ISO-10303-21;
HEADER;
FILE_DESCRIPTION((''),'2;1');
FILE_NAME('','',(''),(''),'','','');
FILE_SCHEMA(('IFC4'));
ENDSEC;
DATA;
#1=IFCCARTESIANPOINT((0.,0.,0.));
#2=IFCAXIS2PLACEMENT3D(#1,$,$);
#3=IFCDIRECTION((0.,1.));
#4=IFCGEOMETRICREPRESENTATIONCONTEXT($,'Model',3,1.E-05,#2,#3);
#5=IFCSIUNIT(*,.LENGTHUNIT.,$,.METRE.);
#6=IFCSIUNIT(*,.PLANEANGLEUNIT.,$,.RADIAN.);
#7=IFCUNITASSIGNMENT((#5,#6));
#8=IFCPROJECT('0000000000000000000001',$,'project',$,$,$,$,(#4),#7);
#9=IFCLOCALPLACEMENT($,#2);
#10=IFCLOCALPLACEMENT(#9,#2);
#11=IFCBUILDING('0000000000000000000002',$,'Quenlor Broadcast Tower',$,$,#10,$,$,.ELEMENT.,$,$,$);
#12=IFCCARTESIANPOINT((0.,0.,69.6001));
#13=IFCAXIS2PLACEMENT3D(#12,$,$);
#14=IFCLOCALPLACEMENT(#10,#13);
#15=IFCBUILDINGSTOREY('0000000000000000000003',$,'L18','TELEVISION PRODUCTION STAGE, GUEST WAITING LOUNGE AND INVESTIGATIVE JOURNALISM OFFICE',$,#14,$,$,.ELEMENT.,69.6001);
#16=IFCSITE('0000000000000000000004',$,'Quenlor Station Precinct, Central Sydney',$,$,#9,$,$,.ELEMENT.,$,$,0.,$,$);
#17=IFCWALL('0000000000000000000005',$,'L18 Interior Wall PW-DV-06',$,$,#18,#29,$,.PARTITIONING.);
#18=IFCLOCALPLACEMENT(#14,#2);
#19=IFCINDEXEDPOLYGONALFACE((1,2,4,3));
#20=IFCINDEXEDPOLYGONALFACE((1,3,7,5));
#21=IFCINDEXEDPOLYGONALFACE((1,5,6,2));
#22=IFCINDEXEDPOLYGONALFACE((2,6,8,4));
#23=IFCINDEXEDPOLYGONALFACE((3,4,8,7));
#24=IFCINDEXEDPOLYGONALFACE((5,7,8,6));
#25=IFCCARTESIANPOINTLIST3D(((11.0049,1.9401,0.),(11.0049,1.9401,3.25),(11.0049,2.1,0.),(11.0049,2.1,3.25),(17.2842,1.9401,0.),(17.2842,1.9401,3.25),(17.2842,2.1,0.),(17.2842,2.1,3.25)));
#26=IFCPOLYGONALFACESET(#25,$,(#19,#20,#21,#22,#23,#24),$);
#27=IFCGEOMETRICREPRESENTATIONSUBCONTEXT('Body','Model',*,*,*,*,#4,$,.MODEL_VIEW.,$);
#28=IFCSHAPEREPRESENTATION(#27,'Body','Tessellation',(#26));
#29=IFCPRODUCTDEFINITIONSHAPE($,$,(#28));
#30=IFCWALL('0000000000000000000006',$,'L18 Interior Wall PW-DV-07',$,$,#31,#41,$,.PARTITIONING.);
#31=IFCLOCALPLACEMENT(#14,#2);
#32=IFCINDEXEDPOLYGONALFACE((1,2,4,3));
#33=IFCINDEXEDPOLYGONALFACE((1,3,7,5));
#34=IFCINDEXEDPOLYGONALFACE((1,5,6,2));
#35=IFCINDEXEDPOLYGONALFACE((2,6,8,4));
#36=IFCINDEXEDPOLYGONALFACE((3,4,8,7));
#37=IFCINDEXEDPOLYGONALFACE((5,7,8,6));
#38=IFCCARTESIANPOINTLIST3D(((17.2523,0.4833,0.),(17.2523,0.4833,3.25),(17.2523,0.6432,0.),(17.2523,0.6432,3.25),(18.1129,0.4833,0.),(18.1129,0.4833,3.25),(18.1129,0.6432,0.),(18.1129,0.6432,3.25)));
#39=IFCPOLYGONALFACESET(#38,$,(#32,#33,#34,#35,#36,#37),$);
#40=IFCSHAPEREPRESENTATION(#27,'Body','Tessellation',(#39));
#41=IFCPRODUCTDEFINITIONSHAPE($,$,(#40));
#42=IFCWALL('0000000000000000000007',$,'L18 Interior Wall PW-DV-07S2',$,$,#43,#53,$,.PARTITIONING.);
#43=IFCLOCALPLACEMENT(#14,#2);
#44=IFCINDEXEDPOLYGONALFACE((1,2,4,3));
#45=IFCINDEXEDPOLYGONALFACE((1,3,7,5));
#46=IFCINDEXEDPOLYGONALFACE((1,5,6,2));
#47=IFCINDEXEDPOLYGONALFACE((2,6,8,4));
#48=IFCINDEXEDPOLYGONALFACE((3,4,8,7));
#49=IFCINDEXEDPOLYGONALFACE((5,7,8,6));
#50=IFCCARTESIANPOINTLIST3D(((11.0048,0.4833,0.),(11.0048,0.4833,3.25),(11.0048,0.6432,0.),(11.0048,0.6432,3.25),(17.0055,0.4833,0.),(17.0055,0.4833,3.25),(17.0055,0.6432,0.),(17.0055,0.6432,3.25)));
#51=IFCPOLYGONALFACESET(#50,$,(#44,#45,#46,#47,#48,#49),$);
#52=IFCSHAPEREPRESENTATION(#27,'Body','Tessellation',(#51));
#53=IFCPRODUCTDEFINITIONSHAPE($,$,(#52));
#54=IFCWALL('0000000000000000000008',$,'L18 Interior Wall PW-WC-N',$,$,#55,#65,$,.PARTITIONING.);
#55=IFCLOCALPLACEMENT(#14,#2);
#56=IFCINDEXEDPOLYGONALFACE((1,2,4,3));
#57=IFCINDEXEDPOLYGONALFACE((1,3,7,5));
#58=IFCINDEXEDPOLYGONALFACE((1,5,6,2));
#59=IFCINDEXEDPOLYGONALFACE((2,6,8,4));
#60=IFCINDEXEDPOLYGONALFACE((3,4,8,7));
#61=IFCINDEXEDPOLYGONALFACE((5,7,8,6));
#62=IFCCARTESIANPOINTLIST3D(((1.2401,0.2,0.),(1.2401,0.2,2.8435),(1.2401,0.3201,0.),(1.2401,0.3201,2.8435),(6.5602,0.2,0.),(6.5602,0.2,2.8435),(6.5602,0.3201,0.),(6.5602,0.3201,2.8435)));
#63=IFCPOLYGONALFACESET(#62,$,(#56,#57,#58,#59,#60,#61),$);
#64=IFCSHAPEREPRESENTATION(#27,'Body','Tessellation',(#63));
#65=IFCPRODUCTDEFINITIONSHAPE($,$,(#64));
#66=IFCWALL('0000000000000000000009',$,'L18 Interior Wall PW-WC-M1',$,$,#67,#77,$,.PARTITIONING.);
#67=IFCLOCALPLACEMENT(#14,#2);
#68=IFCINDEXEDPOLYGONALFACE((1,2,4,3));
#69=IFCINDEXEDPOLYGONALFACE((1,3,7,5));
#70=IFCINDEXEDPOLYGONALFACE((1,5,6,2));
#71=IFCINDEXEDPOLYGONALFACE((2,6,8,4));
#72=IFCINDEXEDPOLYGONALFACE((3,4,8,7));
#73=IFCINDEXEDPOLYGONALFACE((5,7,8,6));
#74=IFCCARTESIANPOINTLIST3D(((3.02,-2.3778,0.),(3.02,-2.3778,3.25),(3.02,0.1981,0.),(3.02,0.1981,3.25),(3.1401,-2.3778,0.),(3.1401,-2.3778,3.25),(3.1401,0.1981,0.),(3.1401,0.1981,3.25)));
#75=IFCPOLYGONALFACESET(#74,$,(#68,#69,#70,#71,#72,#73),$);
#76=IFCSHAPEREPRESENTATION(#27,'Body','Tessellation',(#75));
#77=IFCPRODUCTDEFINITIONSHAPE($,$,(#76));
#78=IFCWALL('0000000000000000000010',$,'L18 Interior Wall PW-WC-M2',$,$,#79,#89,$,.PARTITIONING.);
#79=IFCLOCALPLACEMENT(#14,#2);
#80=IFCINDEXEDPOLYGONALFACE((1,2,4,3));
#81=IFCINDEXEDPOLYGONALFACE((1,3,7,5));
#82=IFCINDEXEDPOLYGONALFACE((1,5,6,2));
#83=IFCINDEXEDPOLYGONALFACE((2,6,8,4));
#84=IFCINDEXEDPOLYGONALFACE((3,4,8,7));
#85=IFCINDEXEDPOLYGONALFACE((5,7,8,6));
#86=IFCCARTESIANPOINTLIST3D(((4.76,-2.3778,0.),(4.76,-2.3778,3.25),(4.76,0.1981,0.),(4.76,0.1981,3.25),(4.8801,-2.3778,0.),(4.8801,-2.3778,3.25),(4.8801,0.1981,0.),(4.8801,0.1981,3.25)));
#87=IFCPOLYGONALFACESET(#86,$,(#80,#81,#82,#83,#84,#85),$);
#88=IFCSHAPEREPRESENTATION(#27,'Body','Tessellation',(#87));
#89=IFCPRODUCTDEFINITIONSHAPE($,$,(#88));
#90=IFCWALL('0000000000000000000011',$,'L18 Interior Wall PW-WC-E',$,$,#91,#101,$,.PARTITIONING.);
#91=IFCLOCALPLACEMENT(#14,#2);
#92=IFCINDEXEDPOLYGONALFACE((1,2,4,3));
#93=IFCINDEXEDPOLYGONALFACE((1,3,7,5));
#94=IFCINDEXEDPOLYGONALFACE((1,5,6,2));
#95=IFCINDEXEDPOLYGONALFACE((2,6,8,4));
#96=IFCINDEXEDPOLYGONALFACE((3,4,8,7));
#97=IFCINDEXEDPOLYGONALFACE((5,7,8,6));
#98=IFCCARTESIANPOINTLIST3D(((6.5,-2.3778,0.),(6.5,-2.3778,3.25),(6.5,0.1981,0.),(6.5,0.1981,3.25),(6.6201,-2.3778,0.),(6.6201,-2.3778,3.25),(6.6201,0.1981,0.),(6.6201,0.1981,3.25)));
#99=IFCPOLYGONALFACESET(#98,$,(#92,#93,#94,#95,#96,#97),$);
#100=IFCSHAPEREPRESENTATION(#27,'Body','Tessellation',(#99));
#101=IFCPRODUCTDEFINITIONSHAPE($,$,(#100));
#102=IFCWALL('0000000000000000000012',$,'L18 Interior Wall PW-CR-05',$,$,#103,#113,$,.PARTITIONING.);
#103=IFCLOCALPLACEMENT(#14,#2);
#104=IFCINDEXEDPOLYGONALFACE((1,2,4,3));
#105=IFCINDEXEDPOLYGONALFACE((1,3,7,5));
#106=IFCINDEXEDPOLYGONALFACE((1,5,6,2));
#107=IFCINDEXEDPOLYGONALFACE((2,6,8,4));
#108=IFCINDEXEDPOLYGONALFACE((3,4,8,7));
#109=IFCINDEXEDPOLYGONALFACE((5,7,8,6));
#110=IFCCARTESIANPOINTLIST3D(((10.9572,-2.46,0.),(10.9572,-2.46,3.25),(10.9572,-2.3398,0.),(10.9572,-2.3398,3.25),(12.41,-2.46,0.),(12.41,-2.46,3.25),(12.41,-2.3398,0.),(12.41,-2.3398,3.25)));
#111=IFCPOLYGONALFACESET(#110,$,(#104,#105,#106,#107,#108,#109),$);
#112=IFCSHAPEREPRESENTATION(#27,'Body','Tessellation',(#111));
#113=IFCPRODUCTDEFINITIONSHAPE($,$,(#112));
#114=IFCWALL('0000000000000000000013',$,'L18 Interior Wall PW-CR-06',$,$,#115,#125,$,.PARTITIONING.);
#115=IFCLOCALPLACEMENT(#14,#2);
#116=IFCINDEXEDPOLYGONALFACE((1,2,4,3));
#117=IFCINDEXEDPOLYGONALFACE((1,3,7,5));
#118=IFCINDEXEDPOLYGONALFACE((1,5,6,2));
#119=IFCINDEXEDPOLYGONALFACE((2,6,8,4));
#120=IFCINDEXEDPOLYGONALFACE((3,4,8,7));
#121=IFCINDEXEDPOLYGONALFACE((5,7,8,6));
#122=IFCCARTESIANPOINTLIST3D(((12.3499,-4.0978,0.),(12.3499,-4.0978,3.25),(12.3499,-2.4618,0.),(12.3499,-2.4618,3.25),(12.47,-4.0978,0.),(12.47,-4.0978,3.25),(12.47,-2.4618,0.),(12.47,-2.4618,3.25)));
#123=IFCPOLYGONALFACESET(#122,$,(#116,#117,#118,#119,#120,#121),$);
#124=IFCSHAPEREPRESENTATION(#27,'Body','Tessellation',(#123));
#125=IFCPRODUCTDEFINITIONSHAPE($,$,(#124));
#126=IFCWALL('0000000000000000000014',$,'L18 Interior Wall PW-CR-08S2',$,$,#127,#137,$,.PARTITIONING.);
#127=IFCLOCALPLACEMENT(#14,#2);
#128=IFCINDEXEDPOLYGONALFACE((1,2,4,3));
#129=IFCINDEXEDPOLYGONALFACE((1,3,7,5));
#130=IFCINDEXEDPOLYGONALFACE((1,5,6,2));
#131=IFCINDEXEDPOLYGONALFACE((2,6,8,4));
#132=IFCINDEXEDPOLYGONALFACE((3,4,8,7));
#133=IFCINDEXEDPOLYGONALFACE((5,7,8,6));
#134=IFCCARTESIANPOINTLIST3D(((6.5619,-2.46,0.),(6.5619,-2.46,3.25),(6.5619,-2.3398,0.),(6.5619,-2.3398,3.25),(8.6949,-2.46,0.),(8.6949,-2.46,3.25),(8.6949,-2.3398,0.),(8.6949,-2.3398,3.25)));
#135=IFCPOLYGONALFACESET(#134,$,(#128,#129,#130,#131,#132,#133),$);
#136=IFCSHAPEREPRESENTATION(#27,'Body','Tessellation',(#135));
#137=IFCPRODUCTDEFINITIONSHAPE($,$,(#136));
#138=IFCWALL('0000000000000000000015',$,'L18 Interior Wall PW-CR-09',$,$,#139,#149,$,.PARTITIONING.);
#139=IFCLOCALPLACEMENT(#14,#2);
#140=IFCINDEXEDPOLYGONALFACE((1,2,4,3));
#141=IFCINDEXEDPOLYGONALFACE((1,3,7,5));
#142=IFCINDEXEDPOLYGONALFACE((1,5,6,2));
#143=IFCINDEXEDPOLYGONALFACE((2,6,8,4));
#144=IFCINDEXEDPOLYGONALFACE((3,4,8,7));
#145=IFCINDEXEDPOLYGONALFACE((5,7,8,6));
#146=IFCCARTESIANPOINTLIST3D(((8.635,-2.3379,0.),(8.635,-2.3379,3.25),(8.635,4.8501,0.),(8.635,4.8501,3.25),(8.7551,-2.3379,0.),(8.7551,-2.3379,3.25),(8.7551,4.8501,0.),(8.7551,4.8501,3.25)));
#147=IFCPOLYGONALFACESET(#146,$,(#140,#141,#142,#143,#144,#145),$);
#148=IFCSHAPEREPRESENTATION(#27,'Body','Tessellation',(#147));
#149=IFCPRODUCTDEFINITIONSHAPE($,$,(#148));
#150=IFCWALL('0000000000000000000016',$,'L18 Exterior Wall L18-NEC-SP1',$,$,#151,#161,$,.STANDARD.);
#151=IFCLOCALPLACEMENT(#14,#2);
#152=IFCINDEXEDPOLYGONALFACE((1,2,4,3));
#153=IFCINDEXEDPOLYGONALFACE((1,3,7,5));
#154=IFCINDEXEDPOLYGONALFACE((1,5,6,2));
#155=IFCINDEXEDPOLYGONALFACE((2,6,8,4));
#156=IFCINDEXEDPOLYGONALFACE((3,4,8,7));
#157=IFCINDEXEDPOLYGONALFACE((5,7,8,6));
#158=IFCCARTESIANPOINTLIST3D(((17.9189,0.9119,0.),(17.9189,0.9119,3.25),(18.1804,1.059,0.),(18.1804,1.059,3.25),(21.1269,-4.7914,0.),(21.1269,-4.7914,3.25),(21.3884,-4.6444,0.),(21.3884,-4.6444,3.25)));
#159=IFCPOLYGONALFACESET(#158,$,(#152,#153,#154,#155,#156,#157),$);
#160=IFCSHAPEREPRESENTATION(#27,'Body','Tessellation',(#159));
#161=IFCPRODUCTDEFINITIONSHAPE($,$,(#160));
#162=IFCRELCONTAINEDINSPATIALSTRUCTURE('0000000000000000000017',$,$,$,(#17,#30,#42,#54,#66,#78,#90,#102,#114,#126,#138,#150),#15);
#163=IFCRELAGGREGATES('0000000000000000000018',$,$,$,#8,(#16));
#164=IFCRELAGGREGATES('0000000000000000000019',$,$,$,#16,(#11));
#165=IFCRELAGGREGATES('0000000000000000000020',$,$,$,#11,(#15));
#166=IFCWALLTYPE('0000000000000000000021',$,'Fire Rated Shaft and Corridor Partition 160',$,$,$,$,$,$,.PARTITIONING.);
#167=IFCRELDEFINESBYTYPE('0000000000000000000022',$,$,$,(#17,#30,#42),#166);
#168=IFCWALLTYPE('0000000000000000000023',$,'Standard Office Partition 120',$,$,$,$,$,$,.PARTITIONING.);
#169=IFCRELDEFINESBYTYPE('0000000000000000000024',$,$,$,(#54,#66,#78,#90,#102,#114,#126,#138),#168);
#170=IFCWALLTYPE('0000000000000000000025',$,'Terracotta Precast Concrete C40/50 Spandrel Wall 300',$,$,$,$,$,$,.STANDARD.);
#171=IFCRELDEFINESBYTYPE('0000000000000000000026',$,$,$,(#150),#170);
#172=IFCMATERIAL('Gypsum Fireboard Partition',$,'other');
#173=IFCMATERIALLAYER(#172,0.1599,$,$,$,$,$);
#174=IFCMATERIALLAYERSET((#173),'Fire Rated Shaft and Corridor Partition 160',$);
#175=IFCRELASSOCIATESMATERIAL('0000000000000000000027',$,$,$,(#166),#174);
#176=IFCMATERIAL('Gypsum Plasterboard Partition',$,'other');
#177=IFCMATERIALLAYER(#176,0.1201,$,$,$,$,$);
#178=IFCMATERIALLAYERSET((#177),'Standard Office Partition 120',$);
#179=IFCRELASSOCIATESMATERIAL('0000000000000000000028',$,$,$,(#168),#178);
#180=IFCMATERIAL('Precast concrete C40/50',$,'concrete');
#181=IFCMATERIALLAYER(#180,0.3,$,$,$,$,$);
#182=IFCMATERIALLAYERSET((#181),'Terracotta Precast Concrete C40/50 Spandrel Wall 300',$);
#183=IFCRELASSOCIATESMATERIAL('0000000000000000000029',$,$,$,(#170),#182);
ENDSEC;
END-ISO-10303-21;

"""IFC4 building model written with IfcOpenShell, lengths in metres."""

from ifc_helpers import new_model, si_unit, direction, frame, frame_2d, origin, place, context, subcontext, project, spatial, rectangle, extrude, material, layer, layer_set, type_object, element, save


model = new_model("IFC4")

# Units and contexts
model_context = context("Model", 3, precision=1e-05, world=origin(), true_north=direction((0.0, 1.0)))
body_context = subcontext(model_context, "Body", "Model", "MODEL_VIEW")
ifc_project = project(units=[si_unit("LENGTHUNIT", "METRE"), si_unit("PLANEANGLEUNIT", "RADIAN")], contexts=[model_context])

# Site, building, storey
site_placement = place(None, origin())
site = spatial("IfcSite", under=ifc_project, at=site_placement, Name="Quenlor Station Precinct, Central Sydney", CompositionType="ELEMENT", RefElevation=0.0)
building_placement = place(site_placement, origin())
building = spatial("IfcBuilding", under=site, at=building_placement, Name="Quenlor Broadcast Tower", CompositionType="ELEMENT")
storey_placement = place(building_placement, frame((0.0, 0.0, 69.6001)))
storey = spatial("IfcBuildingStorey", under=building, at=storey_placement, Name="L18", Description="TELEVISION PRODUCTION STAGE, GUEST WAITING LOUNGE AND INVESTIGATIVE JOURNALISM OFFICE", CompositionType="ELEMENT", Elevation=69.6001)

# Walls
ifc_material_1 = material(Name="Gypsum Fireboard Partition", Category="other")
ifc_layer_1 = layer(ifc_material_1, 0.1599)
ifc_layer_set_1 = layer_set([ifc_layer_1], Name="Fire Rated Shaft and Corridor Partition 160")
wall_type_1 = type_object("IfcWallType", Name="Fire Rated Shaft and Corridor Partition 160", PredefinedType="PARTITIONING", material=ifc_layer_set_1)
wall_1_placement = place(storey_placement, frame((17.2842, 2.02, 0.0), z_axis=(0.0, 0.0, 1.0), x_axis=(-1.0, 0.0, 0.0)))
element("IfcWall", 1, at=wall_1_placement, inside=storey, type_object=wall_type_1, Name="L18 Interior Wall PW-DV-06", PredefinedType="PARTITIONING", context=body_context, shape_type="SweptSolid", body=[
    extrude(rectangle(XDim=6.2793, YDim=0.1599, at=frame_2d((3.1396, 0.0))), origin(), (0.0, 0.0, 1.0), 3.25),
])
wall_2_placement = place(storey_placement, frame((18.1128, 0.5632, 0.0), z_axis=(0.0, 0.0, 1.0), x_axis=(-1.0, 0.0, 0.0)))
element("IfcWall", 2, at=wall_2_placement, inside=storey, type_object=wall_type_1, Name="L18 Interior Wall PW-DV-07", PredefinedType="PARTITIONING", context=body_context, shape_type="SweptSolid", body=[
    extrude(rectangle(XDim=0.8606, YDim=0.1599, at=frame_2d((0.4302, 0.0))), origin(), (0.0, 0.0, 1.0), 3.25),
])
wall_3_placement = place(storey_placement, frame((17.0056, 0.5632, 0.0), z_axis=(0.0, 0.0, 1.0), x_axis=(-1.0, 0.0, 0.0)))
element("IfcWall", 3, at=wall_3_placement, inside=storey, type_object=wall_type_1, Name="L18 Interior Wall PW-DV-07S2", PredefinedType="PARTITIONING", context=body_context, shape_type="SweptSolid", body=[
    extrude(rectangle(XDim=6.0007, YDim=0.1599, at=frame_2d((3.0005, 0.0))), origin(), (0.0, 0.0, 1.0), 3.25),
])
ifc_material_2 = material(Name="Gypsum Plasterboard Partition", Category="other")
ifc_layer_2 = layer(ifc_material_2, 0.1201)
ifc_layer_set_2 = layer_set([ifc_layer_2], Name="Standard Office Partition 120")
wall_type_2 = type_object("IfcWallType", Name="Standard Office Partition 120", PredefinedType="PARTITIONING", material=ifc_layer_set_2)
wall_4_placement = place(storey_placement, frame((1.24, 0.26, 0.0), z_axis=(0.0, 0.0, 1.0), x_axis=(1.0, 0.0, 0.0)))
element("IfcWall", 4, at=wall_4_placement, inside=storey, type_object=wall_type_2, Name="L18 Interior Wall PW-WC-N", PredefinedType="PARTITIONING", context=body_context, shape_type="SweptSolid", body=[
    extrude(rectangle(XDim=5.3201, YDim=0.1201, at=frame_2d((2.6602, 0.0))), origin(), (0.0, 0.0, 1.0), 2.8435),
])
for number, where, z_axis, x_axis, name in (
    (5, (3.0801, -2.3779, 0.0), (0.0, 0.0, 1.0), (0.0, 1.0, 0.0), "L18 Interior Wall PW-WC-M1"),
    (6, (4.8201, -2.3779, 0.0), (0.0, 0.0, 1.0), (0.0, 1.0, 0.0), "L18 Interior Wall PW-WC-M2"),
    (7, (6.5601, -2.3779, 0.0), (0.0, 0.0, 1.0), (0.0, 1.0, 0.0), "L18 Interior Wall PW-WC-E"),
):
    element("IfcWall", number, at=place(storey_placement, frame(where, z_axis=z_axis, x_axis=x_axis)), inside=storey, type_object=wall_type_2, Name=name, PredefinedType="PARTITIONING", context=body_context, shape_type="SweptSolid", body=[
        extrude(rectangle(XDim=2.5759, YDim=0.1201, at=frame_2d((1.2881, 0.0))), origin(), (0.0, 0.0, 1.0), 3.25),
    ])
wall_5_placement = place(storey_placement, frame((10.957, -2.3999, 0.0), z_axis=(0.0, 0.0, 1.0), x_axis=(1.0, 0.0, 0.0)))
element("IfcWall", 8, at=wall_5_placement, inside=storey, type_object=wall_type_2, Name="L18 Interior Wall PW-CR-05", PredefinedType="PARTITIONING", context=body_context, shape_type="SweptSolid", body=[
    extrude(rectangle(XDim=1.4529, YDim=0.1201, at=frame_2d((0.7266, 0.0))), origin(), (0.0, 0.0, 1.0), 3.25),
])
wall_6_placement = place(storey_placement, frame((12.4099, -2.4619, 0.0), z_axis=(0.0, 0.0, 1.0), x_axis=(0.0, -1.0, 0.0)))
element("IfcWall", 9, at=wall_6_placement, inside=storey, type_object=wall_type_2, Name="L18 Interior Wall PW-CR-06", PredefinedType="PARTITIONING", context=body_context, shape_type="SweptSolid", body=[
    extrude(rectangle(XDim=1.636, YDim=0.1201, at=frame_2d((0.8179, 0.0))), origin(), (0.0, 0.0, 1.0), 3.25),
])
wall_7_placement = place(storey_placement, frame((6.562, -2.3999, 0.0), z_axis=(0.0, 0.0, 1.0), x_axis=(1.0, 0.0, 0.0)))
element("IfcWall", 10, at=wall_7_placement, inside=storey, type_object=wall_type_2, Name="L18 Interior Wall PW-CR-08S2", PredefinedType="PARTITIONING", context=body_context, shape_type="SweptSolid", body=[
    extrude(rectangle(XDim=2.1331, YDim=0.1201, at=frame_2d((1.0664, 0.0))), origin(), (0.0, 0.0, 1.0), 3.25),
])
wall_8_placement = place(storey_placement, frame((8.6951, -2.3379, 0.0), z_axis=(0.0, 0.0, 1.0), x_axis=(0.0, 1.0, 0.0)))
element("IfcWall", 11, at=wall_8_placement, inside=storey, type_object=wall_type_2, Name="L18 Interior Wall PW-CR-09", PredefinedType="PARTITIONING", context=body_context, shape_type="SweptSolid", body=[
    extrude(rectangle(XDim=7.188, YDim=0.1201, at=frame_2d((3.594, 0.0))), origin(), (0.0, 0.0, 1.0), 3.25),
])
ifc_material_3 = material(Name="Precast concrete C40/50", Category="concrete")
ifc_layer_3 = layer(ifc_material_3, 0.3)
ifc_layer_set_3 = layer_set([ifc_layer_3], Name="Terracotta Precast Concrete C40/50 Spandrel Wall 300")
wall_type_3 = type_object("IfcWallType", Name="Terracotta Precast Concrete C40/50 Spandrel Wall 300", PredefinedType="STANDARD", material=ifc_layer_set_3)
wall_9_placement = place(storey_placement, frame((18.0496, 0.9856, 0.0), z_axis=(0.0, 0.0, 1.0), x_axis=(0.490245, -0.871585, 0.0)))
element("IfcWall", 12, at=wall_9_placement, inside=storey, type_object=wall_type_3, Name="L18 Exterior Wall L18-NEC-SP1", PredefinedType="STANDARD", context=body_context, shape_type="SweptSolid", body=[
    extrude(rectangle(XDim=6.5437, YDim=0.3, at=frame_2d((3.272, 0.0))), origin(), (0.0, 0.0, 1.0), 3.25),
])

save(model, "model.ifc")
